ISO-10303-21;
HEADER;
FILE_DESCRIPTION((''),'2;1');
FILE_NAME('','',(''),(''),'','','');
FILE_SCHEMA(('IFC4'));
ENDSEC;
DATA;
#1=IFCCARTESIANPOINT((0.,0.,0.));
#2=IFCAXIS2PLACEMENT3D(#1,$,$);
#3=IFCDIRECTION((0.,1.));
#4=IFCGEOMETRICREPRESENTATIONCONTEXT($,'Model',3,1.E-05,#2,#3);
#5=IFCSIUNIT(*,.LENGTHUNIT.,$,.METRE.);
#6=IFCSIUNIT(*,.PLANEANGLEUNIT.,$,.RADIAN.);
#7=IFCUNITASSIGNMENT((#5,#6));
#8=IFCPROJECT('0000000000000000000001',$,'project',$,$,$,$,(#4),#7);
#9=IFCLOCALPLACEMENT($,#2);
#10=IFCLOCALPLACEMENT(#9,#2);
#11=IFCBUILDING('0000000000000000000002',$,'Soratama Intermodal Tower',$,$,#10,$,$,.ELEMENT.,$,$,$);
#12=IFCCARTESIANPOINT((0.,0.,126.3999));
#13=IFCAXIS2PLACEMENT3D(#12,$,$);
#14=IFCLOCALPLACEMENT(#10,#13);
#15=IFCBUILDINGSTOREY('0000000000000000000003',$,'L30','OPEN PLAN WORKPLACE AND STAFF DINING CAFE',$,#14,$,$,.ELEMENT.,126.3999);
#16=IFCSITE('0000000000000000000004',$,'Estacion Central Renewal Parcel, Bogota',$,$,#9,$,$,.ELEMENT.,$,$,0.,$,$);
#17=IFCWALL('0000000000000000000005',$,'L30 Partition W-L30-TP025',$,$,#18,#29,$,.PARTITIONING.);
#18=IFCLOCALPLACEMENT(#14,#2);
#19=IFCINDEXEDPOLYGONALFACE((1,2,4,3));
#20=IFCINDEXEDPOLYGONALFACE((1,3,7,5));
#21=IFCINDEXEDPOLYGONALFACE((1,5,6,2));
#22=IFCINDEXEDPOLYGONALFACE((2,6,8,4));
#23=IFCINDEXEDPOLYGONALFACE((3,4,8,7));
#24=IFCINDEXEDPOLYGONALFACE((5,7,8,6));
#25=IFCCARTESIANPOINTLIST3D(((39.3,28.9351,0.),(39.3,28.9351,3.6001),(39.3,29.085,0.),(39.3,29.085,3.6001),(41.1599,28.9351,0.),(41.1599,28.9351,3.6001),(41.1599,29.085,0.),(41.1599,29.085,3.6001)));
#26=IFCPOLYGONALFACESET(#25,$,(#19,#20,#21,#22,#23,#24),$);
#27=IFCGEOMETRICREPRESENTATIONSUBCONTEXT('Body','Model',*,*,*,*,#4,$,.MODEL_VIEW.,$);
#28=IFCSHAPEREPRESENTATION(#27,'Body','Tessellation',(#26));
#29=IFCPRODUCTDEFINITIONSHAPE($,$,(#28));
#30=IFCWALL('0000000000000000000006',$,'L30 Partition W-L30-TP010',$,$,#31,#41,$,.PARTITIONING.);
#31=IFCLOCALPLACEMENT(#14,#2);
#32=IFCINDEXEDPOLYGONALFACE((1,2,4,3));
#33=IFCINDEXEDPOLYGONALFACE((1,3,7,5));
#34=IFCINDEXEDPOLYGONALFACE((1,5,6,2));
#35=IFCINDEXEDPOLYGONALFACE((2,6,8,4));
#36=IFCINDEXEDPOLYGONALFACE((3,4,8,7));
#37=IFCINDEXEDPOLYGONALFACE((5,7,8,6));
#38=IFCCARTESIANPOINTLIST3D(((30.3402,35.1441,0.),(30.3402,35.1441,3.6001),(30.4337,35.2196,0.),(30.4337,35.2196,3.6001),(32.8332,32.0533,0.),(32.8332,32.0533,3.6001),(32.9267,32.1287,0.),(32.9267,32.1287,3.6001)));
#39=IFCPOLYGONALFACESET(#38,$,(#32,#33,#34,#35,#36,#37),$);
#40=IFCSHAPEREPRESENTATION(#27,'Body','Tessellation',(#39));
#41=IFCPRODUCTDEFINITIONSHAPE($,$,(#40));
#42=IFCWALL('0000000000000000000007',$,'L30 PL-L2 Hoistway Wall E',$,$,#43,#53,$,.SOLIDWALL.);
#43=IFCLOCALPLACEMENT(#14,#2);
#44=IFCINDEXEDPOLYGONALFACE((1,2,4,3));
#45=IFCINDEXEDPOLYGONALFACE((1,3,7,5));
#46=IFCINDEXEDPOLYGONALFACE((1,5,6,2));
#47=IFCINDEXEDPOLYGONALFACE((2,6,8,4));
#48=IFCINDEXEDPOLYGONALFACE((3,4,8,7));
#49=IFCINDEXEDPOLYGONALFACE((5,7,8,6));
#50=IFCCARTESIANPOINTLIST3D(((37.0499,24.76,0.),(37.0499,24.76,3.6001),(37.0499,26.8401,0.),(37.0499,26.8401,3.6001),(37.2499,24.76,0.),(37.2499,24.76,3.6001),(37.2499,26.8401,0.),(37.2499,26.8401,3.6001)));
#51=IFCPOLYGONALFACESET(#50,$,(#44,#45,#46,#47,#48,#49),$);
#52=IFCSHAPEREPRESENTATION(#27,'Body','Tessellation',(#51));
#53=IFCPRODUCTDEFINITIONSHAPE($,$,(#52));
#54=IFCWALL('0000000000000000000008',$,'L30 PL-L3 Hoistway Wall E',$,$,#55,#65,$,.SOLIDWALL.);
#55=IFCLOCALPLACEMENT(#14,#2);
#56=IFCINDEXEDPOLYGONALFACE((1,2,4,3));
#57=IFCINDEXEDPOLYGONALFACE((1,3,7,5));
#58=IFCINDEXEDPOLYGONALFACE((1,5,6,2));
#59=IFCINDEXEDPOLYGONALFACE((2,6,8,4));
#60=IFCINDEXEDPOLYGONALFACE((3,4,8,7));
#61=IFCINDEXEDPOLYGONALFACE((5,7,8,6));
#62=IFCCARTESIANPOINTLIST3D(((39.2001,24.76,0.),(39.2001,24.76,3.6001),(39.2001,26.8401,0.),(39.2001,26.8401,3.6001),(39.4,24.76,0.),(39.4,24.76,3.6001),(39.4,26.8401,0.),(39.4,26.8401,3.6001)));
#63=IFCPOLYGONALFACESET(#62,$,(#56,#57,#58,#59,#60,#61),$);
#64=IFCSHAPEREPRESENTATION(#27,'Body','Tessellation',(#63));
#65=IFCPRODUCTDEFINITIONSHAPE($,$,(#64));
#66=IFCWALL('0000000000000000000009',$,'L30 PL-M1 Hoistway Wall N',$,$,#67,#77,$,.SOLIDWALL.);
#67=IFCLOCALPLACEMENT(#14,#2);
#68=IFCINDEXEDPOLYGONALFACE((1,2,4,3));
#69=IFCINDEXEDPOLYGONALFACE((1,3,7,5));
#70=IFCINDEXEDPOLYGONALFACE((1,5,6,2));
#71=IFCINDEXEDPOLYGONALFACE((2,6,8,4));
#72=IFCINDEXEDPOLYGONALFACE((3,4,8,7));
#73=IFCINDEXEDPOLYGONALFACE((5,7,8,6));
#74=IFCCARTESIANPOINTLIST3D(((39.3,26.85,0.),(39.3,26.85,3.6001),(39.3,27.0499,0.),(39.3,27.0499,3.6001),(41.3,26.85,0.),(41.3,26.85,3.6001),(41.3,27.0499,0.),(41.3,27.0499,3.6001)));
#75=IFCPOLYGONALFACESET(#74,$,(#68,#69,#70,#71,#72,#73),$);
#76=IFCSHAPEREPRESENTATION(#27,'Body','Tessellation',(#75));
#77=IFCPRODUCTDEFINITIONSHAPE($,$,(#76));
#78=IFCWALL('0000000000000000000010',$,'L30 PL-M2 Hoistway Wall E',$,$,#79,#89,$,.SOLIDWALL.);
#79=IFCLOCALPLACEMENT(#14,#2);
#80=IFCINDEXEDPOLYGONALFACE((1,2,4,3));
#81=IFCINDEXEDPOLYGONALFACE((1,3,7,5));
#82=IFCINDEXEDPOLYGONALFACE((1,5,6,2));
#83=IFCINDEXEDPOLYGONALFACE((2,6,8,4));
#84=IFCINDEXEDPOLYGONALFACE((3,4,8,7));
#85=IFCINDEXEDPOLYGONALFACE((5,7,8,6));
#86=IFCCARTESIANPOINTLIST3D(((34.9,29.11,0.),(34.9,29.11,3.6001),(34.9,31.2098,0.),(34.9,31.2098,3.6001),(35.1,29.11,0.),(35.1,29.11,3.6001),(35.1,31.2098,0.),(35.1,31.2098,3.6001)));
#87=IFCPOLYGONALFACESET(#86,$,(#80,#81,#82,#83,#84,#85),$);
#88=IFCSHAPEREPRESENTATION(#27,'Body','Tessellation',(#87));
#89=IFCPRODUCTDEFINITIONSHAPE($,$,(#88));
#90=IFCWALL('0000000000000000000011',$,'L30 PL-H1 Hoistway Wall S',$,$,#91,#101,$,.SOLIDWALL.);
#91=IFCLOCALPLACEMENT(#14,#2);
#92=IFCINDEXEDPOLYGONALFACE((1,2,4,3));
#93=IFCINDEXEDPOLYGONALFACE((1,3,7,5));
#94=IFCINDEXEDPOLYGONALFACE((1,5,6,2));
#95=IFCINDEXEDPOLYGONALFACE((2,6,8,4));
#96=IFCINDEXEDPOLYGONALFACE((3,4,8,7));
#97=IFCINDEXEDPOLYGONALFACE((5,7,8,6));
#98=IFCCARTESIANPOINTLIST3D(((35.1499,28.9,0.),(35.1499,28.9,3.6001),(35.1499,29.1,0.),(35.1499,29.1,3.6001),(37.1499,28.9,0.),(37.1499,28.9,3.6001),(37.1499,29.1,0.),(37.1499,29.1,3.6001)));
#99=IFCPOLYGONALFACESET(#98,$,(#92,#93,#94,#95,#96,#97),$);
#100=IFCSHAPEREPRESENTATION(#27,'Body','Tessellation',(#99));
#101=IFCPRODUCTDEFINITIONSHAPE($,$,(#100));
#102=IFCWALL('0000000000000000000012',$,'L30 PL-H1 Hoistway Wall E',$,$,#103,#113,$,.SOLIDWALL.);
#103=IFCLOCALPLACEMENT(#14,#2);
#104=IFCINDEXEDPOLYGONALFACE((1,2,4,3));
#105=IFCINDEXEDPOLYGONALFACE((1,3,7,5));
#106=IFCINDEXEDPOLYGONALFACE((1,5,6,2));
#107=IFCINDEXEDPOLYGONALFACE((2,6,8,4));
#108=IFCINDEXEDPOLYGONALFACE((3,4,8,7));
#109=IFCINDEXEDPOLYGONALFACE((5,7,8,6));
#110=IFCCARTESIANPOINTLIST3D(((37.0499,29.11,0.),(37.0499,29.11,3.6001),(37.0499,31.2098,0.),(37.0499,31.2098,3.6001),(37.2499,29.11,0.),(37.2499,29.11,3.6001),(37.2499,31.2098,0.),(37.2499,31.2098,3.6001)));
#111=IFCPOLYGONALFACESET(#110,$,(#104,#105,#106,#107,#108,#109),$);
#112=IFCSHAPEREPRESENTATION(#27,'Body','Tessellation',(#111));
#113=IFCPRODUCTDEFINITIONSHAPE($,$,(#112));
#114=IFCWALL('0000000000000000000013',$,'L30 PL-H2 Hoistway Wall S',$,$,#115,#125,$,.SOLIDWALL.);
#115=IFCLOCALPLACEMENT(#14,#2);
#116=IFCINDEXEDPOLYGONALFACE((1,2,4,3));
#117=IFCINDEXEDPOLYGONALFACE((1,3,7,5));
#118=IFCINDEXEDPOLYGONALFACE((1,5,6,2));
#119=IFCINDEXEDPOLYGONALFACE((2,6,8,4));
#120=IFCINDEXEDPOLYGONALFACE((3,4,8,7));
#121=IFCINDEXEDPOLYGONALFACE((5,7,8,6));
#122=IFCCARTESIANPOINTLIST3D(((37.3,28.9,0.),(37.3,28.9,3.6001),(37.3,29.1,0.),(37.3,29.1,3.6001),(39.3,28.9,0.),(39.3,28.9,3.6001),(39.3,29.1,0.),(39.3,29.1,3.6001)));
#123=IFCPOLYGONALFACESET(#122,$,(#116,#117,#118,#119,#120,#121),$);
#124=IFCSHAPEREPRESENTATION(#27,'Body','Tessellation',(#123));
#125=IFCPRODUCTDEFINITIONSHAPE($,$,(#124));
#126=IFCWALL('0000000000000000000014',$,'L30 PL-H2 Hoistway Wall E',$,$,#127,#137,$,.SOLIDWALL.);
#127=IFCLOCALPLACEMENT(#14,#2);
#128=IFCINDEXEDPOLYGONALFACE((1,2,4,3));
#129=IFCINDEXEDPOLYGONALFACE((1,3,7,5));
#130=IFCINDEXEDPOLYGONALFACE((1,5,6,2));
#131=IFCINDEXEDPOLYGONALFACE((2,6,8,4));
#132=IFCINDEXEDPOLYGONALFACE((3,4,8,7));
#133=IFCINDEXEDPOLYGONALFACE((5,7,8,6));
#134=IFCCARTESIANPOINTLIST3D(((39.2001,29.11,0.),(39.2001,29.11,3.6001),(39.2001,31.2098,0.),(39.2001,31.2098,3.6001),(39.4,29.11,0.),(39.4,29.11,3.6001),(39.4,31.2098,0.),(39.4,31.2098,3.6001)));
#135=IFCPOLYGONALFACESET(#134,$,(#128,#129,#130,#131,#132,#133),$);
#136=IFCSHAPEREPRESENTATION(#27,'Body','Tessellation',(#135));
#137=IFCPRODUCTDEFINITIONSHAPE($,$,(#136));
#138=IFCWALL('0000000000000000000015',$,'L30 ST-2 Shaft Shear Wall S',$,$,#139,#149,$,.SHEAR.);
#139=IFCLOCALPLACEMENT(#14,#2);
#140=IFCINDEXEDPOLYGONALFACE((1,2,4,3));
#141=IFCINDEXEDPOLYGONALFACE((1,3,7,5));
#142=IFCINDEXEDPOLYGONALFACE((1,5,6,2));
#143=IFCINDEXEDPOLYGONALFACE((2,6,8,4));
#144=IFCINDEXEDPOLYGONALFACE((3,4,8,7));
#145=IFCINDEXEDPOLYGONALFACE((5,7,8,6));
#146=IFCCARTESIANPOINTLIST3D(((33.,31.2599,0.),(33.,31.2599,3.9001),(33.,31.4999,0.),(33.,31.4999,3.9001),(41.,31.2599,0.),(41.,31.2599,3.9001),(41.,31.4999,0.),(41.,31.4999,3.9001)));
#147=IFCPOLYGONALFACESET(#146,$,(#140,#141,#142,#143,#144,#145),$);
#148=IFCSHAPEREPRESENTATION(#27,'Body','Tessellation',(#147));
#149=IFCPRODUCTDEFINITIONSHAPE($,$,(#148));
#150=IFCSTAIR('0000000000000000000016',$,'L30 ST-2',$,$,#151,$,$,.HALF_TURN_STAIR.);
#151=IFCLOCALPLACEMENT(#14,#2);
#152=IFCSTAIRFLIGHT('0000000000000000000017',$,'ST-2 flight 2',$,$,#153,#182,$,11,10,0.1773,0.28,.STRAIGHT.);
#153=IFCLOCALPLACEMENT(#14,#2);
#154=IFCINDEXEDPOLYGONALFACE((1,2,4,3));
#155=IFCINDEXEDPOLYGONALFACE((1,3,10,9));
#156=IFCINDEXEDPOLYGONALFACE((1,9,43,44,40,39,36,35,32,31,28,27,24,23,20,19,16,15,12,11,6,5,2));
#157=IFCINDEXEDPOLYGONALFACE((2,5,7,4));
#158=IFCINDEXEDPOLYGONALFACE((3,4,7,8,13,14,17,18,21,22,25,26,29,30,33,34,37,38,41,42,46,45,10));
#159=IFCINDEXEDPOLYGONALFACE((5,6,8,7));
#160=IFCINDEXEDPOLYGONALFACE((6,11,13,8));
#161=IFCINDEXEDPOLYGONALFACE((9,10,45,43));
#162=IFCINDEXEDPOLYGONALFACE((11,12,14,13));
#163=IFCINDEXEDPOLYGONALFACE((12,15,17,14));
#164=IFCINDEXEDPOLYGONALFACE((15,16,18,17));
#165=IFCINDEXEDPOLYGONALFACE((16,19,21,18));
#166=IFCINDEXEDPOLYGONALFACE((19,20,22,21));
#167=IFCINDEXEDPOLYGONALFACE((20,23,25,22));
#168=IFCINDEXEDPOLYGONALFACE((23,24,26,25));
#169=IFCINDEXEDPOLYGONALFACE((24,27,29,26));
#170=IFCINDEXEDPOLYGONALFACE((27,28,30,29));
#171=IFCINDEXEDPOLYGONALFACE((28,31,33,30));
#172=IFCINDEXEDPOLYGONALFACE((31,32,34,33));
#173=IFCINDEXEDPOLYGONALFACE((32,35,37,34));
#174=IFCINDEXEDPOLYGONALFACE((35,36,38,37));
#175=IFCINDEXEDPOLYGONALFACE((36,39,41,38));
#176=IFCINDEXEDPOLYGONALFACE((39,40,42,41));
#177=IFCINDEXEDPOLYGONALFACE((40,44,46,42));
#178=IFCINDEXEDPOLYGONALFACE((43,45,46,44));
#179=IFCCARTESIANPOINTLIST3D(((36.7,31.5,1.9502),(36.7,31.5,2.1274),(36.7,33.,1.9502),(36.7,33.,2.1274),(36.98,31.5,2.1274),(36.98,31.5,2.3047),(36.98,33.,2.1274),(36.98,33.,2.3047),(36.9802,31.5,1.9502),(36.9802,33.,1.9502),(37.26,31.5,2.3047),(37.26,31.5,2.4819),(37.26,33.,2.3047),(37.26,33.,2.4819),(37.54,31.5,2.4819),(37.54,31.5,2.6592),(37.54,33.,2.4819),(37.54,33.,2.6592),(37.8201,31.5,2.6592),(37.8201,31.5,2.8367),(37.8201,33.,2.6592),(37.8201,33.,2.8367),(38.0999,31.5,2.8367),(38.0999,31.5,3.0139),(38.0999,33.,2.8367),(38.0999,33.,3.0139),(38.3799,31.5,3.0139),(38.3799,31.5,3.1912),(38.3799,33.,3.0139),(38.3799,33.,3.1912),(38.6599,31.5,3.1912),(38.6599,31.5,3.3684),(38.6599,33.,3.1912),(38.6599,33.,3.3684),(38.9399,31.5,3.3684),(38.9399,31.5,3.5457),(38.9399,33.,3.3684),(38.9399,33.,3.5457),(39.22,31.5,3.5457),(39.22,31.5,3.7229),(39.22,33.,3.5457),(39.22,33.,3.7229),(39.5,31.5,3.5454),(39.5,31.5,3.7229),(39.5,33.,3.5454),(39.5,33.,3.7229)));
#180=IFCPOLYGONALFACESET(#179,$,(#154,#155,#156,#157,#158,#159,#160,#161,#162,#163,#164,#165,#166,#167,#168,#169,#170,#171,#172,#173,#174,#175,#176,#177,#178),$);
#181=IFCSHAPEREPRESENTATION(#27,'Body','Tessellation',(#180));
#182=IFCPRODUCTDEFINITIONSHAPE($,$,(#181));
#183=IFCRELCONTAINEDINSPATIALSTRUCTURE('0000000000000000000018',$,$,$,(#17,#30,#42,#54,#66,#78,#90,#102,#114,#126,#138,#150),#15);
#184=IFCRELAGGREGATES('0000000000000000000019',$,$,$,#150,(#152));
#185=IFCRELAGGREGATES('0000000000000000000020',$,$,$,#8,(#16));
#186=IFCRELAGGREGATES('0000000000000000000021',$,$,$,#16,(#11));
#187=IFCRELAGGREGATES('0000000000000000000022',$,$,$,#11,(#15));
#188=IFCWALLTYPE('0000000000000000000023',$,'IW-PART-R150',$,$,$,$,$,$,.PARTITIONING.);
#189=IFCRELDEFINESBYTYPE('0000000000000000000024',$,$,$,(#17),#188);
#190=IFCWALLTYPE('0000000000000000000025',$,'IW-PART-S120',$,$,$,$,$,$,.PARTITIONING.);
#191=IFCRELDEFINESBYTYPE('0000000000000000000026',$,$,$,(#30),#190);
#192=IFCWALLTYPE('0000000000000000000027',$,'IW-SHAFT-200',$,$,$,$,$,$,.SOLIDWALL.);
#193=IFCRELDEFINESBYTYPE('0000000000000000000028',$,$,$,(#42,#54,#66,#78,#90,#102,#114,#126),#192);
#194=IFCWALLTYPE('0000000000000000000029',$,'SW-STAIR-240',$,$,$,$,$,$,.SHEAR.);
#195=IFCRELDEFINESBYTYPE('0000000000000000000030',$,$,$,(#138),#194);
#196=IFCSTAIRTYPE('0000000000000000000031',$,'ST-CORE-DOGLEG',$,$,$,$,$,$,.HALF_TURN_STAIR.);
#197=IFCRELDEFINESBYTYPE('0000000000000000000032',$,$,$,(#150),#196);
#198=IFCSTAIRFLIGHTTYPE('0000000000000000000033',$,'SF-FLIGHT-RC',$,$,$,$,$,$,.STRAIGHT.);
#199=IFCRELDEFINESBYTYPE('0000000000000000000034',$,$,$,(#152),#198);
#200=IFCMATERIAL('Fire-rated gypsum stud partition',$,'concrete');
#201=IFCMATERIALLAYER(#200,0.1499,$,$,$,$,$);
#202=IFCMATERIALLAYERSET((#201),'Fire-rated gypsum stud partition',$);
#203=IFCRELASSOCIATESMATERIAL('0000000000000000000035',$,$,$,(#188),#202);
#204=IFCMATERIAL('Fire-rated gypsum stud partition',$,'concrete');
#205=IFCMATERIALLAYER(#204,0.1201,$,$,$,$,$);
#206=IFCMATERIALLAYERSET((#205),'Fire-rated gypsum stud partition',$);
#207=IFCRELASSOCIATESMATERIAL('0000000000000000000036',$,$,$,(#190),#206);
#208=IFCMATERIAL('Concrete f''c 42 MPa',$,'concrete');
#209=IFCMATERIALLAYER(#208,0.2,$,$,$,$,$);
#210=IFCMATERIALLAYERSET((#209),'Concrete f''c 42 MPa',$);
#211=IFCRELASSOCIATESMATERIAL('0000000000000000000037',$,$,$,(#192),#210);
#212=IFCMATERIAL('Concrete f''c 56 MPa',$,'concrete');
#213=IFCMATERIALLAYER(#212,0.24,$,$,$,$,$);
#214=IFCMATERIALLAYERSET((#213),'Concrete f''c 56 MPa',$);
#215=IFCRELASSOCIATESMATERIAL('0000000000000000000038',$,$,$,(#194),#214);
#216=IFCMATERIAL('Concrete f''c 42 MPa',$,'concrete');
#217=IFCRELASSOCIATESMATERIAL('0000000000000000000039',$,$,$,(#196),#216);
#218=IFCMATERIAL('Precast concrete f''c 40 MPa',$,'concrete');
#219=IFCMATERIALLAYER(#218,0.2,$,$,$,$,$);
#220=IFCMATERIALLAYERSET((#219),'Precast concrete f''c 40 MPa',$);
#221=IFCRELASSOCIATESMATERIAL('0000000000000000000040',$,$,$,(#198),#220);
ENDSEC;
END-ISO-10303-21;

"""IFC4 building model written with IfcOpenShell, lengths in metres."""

from ifc_helpers import new_model, si_unit, direction, frame, frame_2d, origin, place, context, subcontext, project, spatial, polyline, rectangle, outline, extrude, material, layer, layer_set, type_object, element, aggregate, save


model = new_model("IFC4")

# Units and contexts
model_context = context("Model", 3, precision=1e-05, world=origin(), true_north=direction((0.0, 1.0)))
body_context = subcontext(model_context, "Body", "Model", "MODEL_VIEW")
ifc_project = project(units=[si_unit("LENGTHUNIT", "METRE"), si_unit("PLANEANGLEUNIT", "RADIAN")], contexts=[model_context])

# Site, building, storey
site_placement = place(None, origin())
site = spatial("IfcSite", under=ifc_project, at=site_placement, Name="Estacion Central Renewal Parcel, Bogota", CompositionType="ELEMENT", RefElevation=0.0)
building_placement = place(site_placement, origin())
building = spatial("IfcBuilding", under=site, at=building_placement, Name="Soratama Intermodal Tower", CompositionType="ELEMENT")
storey_placement = place(building_placement, frame((0.0, 0.0, 126.3999)))
storey = spatial("IfcBuildingStorey", under=building, at=storey_placement, Name="L30", Description="OPEN PLAN WORKPLACE AND STAFF DINING CAFE", CompositionType="ELEMENT", Elevation=126.3999)

# Walls
ifc_material_1 = material(Name="Fire-rated gypsum stud partition", Category="concrete")
ifc_layer_1 = layer(ifc_material_1, 0.1499)
ifc_layer_set_1 = layer_set([ifc_layer_1], Name="Fire-rated gypsum stud partition")
wall_type_1 = type_object("IfcWallType", Name="IW-PART-R150", PredefinedType="PARTITIONING", material=ifc_layer_set_1)
wall_1_placement = place(storey_placement, frame((39.3, 29.01, 0.0), z_axis=(0.0, 0.0, 1.0), x_axis=(1.0, 0.0, 0.0)))
element("IfcWall", 1, at=wall_1_placement, inside=storey, type_object=wall_type_1, Name="L30 Partition W-L30-TP025", PredefinedType="PARTITIONING", context=body_context, shape_type="SweptSolid", body=[
    extrude(rectangle(XDim=1.8599, YDim=0.1499, at=frame_2d((0.9299, 0.0))), origin(), (0.0, 0.0, 1.0), 3.6001),
])
ifc_material_2 = material(Name="Fire-rated gypsum stud partition", Category="concrete")
ifc_layer_2 = layer(ifc_material_2, 0.1201)
ifc_layer_set_2 = layer_set([ifc_layer_2], Name="Fire-rated gypsum stud partition")
wall_type_2 = type_object("IfcWallType", Name="IW-PART-S120", PredefinedType="PARTITIONING", material=ifc_layer_set_2)
wall_2_placement = place(storey_placement, frame((32.8799, 32.0911, 0.0), z_axis=(0.0, 0.0, 1.0), x_axis=(-0.627802, 0.778373, 0.0)))
element("IfcWall", 2, at=wall_2_placement, inside=storey, type_object=wall_type_2, Name="L30 Partition W-L30-TP010", PredefinedType="PARTITIONING", context=body_context, shape_type="SweptSolid", body=[
    extrude(rectangle(XDim=3.9709, YDim=0.1201, at=frame_2d((1.9854, 0.0))), origin(), (0.0, 0.0, 1.0), 3.6001),
])

# Shared definitions
ifc_material_3 = material(Name="Concrete f'c 42 MPa", Category="concrete")
ifc_layer_3 = layer(ifc_material_3, 0.2)
ifc_layer_set_3 = layer_set([ifc_layer_3], Name="Concrete f'c 42 MPa")
wall_type_3 = type_object("IfcWallType", Name="IW-SHAFT-200", PredefinedType="SOLIDWALL", material=ifc_layer_set_3)

# Wall
wall_3_placement = place(storey_placement, frame((37.1499, 24.76, 0.0), z_axis=(0.0, 0.0, 1.0), x_axis=(0.0, 1.0, 0.0)))
element("IfcWall", 3, at=wall_3_placement, inside=storey, type_object=wall_type_3, Name="L30 PL-L2 Hoistway Wall E", PredefinedType="SOLIDWALL", context=body_context, shape_type="SweptSolid", body=[
    extrude(rectangle(XDim=2.0801, YDim=0.2, at=frame_2d((1.04, 0.0))), origin(), (0.0, 0.0, 1.0), 3.6001),
])

# Walls
wall_4_placement = place(storey_placement, frame((39.3, 24.76, 0.0), z_axis=(0.0, 0.0, 1.0), x_axis=(0.0, 1.0, 0.0)))
element("IfcWall", 4, at=wall_4_placement, inside=storey, type_object=wall_type_3, Name="L30 PL-L3 Hoistway Wall E", PredefinedType="SOLIDWALL", context=body_context, shape_type="SweptSolid", body=[
    extrude(rectangle(XDim=2.0801, YDim=0.2, at=frame_2d((1.04, 0.0))), origin(), (0.0, 0.0, 1.0), 3.6001),
])
wall_5_placement = place(storey_placement, frame((39.3, 26.95, 0.0), z_axis=(0.0, 0.0, 1.0), x_axis=(1.0, 0.0, 0.0)))
element("IfcWall", 5, at=wall_5_placement, inside=storey, type_object=wall_type_3, Name="L30 PL-M1 Hoistway Wall N", PredefinedType="SOLIDWALL", context=body_context, shape_type="SweptSolid", body=[
    extrude(rectangle(XDim=2.0, YDim=0.2, at=frame_2d((1.0, 0.0))), origin(), (0.0, 0.0, 1.0), 3.6001),
])
wall_6_placement = place(storey_placement, frame((35.0, 29.1101, 0.0), z_axis=(0.0, 0.0, 1.0), x_axis=(0.0, 1.0, 0.0)))
element("IfcWall", 6, at=wall_6_placement, inside=storey, type_object=wall_type_3, Name="L30 PL-M2 Hoistway Wall E", PredefinedType="SOLIDWALL", context=body_context, shape_type="SweptSolid", body=[
    extrude(rectangle(XDim=2.0999, YDim=0.2, at=frame_2d((1.0498, 0.0))), origin(), (0.0, 0.0, 1.0), 3.6001),
])
wall_7_placement = place(storey_placement, frame((35.1499, 29.0, 0.0), z_axis=(0.0, 0.0, 1.0), x_axis=(1.0, 0.0, 0.0)))
element("IfcWall", 7, at=wall_7_placement, inside=storey, type_object=wall_type_3, Name="L30 PL-H1 Hoistway Wall S", PredefinedType="SOLIDWALL", context=body_context, shape_type="SweptSolid", body=[
    extrude(rectangle(XDim=2.0, YDim=0.2, at=frame_2d((1.0, 0.0))), origin(), (0.0, 0.0, 1.0), 3.6001),
])
wall_8_placement = place(storey_placement, frame((37.1499, 29.1101, 0.0), z_axis=(0.0, 0.0, 1.0), x_axis=(0.0, 1.0, 0.0)))
element("IfcWall", 8, at=wall_8_placement, inside=storey, type_object=wall_type_3, Name="L30 PL-H1 Hoistway Wall E", PredefinedType="SOLIDWALL", context=body_context, shape_type="SweptSolid", body=[
    extrude(rectangle(XDim=2.0999, YDim=0.2, at=frame_2d((1.0498, 0.0))), origin(), (0.0, 0.0, 1.0), 3.6001),
])
wall_9_placement = place(storey_placement, frame((37.3, 29.0, 0.0), z_axis=(0.0, 0.0, 1.0), x_axis=(1.0, 0.0, 0.0)))
element("IfcWall", 9, at=wall_9_placement, inside=storey, type_object=wall_type_3, Name="L30 PL-H2 Hoistway Wall S", PredefinedType="SOLIDWALL", context=body_context, shape_type="SweptSolid", body=[
    extrude(rectangle(XDim=2.0, YDim=0.2, at=frame_2d((1.0, 0.0))), origin(), (0.0, 0.0, 1.0), 3.6001),
])
wall_10_placement = place(storey_placement, frame((39.3, 29.1101, 0.0), z_axis=(0.0, 0.0, 1.0), x_axis=(0.0, 1.0, 0.0)))
element("IfcWall", 10, at=wall_10_placement, inside=storey, type_object=wall_type_3, Name="L30 PL-H2 Hoistway Wall E", PredefinedType="SOLIDWALL", context=body_context, shape_type="SweptSolid", body=[
    extrude(rectangle(XDim=2.0999, YDim=0.2, at=frame_2d((1.0498, 0.0))), origin(), (0.0, 0.0, 1.0), 3.6001),
])
ifc_material_4 = material(Name="Concrete f'c 56 MPa", Category="concrete")
ifc_layer_4 = layer(ifc_material_4, 0.24)
ifc_layer_set_4 = layer_set([ifc_layer_4], Name="Concrete f'c 56 MPa")
wall_type_4 = type_object("IfcWallType", Name="SW-STAIR-240", PredefinedType="SHEAR", material=ifc_layer_set_4)
wall_11_placement = place(storey_placement, frame((33.0, 31.3799, 0.0), z_axis=(0.0, 0.0, 1.0), x_axis=(1.0, 0.0, 0.0)))
element("IfcWall", 11, at=wall_11_placement, inside=storey, type_object=wall_type_4, Name="L30 ST-2 Shaft Shear Wall S", PredefinedType="SHEAR", context=body_context, shape_type="SweptSolid", body=[
    extrude(rectangle(XDim=8.0, YDim=0.24, at=frame_2d((4.0, 0.0))), origin(), (0.0, 0.0, 1.0), 3.9001),
])

# Stair, stair flight
ifc_material_5 = material(Name="Concrete f'c 42 MPa", Category="concrete")
stair_type = type_object("IfcStairType", Name="ST-CORE-DOGLEG", PredefinedType="HALF_TURN_STAIR", material=ifc_material_5)
stair_placement = place(storey_placement, origin())
stair = element("IfcStair", 12, at=stair_placement, inside=storey, type_object=stair_type, Name="L30 ST-2", PredefinedType="HALF_TURN_STAIR")
ifc_material_6 = material(Name="Precast concrete f'c 40 MPa", Category="concrete")
ifc_layer_5 = layer(ifc_material_6, 0.2)
ifc_layer_set_5 = layer_set([ifc_layer_5], Name="Precast concrete f'c 40 MPa")
stair_flight_type = type_object("IfcStairFlightType", Name="SF-FLIGHT-RC", PredefinedType="STRAIGHT", material=ifc_layer_set_5)
stair_flight_placement = place(storey_placement, frame((36.7, 32.25, 1.9502), z_axis=(0.0, 0.0, 1.0), x_axis=(1.0, 0.0, 0.0)))
stair_flight = element("IfcStairFlight", 13, at=stair_flight_placement, type_object=stair_flight_type, Name="ST-2 flight 2", NumberOfRisers=11, NumberOfTreads=10, PredefinedType="STRAIGHT", RiserHeight=0.1773, TreadLength=0.28, context=body_context, shape_type="SweptSolid", body=[
    extrude(outline(polyline([(0.0, 0.0), (0.0, 0.1772), (0.28, 0.1772), (0.28, 0.3545), (0.5601, 0.3545), (0.5601, 0.5317), (0.8401, 0.5317), (0.8401, 0.709), (1.1201, 0.709), (1.1201, 0.8865), (1.3999, 0.8865), (1.3999, 1.0637), (1.6799, 1.0637), (1.6799, 1.241), (1.96, 1.241), (1.96, 1.4182), (2.24, 1.4182), (2.24, 1.5955), (2.52, 1.5955), (2.52, 1.7727), (2.8, 1.7727), (2.8, 1.95), (2.8, 1.5952), (0.2803, 0.0), (0.0, 0.0)])), frame((0.0, 0.75, 0.0), z_axis=(0.0, -1.0, 0.0), x_axis=(1.0, 0.0, 0.0)), (0.0, 0.0, 1.0), 1.5),
])
aggregate(stair, [stair_flight])

save(model, "model.ifc")
